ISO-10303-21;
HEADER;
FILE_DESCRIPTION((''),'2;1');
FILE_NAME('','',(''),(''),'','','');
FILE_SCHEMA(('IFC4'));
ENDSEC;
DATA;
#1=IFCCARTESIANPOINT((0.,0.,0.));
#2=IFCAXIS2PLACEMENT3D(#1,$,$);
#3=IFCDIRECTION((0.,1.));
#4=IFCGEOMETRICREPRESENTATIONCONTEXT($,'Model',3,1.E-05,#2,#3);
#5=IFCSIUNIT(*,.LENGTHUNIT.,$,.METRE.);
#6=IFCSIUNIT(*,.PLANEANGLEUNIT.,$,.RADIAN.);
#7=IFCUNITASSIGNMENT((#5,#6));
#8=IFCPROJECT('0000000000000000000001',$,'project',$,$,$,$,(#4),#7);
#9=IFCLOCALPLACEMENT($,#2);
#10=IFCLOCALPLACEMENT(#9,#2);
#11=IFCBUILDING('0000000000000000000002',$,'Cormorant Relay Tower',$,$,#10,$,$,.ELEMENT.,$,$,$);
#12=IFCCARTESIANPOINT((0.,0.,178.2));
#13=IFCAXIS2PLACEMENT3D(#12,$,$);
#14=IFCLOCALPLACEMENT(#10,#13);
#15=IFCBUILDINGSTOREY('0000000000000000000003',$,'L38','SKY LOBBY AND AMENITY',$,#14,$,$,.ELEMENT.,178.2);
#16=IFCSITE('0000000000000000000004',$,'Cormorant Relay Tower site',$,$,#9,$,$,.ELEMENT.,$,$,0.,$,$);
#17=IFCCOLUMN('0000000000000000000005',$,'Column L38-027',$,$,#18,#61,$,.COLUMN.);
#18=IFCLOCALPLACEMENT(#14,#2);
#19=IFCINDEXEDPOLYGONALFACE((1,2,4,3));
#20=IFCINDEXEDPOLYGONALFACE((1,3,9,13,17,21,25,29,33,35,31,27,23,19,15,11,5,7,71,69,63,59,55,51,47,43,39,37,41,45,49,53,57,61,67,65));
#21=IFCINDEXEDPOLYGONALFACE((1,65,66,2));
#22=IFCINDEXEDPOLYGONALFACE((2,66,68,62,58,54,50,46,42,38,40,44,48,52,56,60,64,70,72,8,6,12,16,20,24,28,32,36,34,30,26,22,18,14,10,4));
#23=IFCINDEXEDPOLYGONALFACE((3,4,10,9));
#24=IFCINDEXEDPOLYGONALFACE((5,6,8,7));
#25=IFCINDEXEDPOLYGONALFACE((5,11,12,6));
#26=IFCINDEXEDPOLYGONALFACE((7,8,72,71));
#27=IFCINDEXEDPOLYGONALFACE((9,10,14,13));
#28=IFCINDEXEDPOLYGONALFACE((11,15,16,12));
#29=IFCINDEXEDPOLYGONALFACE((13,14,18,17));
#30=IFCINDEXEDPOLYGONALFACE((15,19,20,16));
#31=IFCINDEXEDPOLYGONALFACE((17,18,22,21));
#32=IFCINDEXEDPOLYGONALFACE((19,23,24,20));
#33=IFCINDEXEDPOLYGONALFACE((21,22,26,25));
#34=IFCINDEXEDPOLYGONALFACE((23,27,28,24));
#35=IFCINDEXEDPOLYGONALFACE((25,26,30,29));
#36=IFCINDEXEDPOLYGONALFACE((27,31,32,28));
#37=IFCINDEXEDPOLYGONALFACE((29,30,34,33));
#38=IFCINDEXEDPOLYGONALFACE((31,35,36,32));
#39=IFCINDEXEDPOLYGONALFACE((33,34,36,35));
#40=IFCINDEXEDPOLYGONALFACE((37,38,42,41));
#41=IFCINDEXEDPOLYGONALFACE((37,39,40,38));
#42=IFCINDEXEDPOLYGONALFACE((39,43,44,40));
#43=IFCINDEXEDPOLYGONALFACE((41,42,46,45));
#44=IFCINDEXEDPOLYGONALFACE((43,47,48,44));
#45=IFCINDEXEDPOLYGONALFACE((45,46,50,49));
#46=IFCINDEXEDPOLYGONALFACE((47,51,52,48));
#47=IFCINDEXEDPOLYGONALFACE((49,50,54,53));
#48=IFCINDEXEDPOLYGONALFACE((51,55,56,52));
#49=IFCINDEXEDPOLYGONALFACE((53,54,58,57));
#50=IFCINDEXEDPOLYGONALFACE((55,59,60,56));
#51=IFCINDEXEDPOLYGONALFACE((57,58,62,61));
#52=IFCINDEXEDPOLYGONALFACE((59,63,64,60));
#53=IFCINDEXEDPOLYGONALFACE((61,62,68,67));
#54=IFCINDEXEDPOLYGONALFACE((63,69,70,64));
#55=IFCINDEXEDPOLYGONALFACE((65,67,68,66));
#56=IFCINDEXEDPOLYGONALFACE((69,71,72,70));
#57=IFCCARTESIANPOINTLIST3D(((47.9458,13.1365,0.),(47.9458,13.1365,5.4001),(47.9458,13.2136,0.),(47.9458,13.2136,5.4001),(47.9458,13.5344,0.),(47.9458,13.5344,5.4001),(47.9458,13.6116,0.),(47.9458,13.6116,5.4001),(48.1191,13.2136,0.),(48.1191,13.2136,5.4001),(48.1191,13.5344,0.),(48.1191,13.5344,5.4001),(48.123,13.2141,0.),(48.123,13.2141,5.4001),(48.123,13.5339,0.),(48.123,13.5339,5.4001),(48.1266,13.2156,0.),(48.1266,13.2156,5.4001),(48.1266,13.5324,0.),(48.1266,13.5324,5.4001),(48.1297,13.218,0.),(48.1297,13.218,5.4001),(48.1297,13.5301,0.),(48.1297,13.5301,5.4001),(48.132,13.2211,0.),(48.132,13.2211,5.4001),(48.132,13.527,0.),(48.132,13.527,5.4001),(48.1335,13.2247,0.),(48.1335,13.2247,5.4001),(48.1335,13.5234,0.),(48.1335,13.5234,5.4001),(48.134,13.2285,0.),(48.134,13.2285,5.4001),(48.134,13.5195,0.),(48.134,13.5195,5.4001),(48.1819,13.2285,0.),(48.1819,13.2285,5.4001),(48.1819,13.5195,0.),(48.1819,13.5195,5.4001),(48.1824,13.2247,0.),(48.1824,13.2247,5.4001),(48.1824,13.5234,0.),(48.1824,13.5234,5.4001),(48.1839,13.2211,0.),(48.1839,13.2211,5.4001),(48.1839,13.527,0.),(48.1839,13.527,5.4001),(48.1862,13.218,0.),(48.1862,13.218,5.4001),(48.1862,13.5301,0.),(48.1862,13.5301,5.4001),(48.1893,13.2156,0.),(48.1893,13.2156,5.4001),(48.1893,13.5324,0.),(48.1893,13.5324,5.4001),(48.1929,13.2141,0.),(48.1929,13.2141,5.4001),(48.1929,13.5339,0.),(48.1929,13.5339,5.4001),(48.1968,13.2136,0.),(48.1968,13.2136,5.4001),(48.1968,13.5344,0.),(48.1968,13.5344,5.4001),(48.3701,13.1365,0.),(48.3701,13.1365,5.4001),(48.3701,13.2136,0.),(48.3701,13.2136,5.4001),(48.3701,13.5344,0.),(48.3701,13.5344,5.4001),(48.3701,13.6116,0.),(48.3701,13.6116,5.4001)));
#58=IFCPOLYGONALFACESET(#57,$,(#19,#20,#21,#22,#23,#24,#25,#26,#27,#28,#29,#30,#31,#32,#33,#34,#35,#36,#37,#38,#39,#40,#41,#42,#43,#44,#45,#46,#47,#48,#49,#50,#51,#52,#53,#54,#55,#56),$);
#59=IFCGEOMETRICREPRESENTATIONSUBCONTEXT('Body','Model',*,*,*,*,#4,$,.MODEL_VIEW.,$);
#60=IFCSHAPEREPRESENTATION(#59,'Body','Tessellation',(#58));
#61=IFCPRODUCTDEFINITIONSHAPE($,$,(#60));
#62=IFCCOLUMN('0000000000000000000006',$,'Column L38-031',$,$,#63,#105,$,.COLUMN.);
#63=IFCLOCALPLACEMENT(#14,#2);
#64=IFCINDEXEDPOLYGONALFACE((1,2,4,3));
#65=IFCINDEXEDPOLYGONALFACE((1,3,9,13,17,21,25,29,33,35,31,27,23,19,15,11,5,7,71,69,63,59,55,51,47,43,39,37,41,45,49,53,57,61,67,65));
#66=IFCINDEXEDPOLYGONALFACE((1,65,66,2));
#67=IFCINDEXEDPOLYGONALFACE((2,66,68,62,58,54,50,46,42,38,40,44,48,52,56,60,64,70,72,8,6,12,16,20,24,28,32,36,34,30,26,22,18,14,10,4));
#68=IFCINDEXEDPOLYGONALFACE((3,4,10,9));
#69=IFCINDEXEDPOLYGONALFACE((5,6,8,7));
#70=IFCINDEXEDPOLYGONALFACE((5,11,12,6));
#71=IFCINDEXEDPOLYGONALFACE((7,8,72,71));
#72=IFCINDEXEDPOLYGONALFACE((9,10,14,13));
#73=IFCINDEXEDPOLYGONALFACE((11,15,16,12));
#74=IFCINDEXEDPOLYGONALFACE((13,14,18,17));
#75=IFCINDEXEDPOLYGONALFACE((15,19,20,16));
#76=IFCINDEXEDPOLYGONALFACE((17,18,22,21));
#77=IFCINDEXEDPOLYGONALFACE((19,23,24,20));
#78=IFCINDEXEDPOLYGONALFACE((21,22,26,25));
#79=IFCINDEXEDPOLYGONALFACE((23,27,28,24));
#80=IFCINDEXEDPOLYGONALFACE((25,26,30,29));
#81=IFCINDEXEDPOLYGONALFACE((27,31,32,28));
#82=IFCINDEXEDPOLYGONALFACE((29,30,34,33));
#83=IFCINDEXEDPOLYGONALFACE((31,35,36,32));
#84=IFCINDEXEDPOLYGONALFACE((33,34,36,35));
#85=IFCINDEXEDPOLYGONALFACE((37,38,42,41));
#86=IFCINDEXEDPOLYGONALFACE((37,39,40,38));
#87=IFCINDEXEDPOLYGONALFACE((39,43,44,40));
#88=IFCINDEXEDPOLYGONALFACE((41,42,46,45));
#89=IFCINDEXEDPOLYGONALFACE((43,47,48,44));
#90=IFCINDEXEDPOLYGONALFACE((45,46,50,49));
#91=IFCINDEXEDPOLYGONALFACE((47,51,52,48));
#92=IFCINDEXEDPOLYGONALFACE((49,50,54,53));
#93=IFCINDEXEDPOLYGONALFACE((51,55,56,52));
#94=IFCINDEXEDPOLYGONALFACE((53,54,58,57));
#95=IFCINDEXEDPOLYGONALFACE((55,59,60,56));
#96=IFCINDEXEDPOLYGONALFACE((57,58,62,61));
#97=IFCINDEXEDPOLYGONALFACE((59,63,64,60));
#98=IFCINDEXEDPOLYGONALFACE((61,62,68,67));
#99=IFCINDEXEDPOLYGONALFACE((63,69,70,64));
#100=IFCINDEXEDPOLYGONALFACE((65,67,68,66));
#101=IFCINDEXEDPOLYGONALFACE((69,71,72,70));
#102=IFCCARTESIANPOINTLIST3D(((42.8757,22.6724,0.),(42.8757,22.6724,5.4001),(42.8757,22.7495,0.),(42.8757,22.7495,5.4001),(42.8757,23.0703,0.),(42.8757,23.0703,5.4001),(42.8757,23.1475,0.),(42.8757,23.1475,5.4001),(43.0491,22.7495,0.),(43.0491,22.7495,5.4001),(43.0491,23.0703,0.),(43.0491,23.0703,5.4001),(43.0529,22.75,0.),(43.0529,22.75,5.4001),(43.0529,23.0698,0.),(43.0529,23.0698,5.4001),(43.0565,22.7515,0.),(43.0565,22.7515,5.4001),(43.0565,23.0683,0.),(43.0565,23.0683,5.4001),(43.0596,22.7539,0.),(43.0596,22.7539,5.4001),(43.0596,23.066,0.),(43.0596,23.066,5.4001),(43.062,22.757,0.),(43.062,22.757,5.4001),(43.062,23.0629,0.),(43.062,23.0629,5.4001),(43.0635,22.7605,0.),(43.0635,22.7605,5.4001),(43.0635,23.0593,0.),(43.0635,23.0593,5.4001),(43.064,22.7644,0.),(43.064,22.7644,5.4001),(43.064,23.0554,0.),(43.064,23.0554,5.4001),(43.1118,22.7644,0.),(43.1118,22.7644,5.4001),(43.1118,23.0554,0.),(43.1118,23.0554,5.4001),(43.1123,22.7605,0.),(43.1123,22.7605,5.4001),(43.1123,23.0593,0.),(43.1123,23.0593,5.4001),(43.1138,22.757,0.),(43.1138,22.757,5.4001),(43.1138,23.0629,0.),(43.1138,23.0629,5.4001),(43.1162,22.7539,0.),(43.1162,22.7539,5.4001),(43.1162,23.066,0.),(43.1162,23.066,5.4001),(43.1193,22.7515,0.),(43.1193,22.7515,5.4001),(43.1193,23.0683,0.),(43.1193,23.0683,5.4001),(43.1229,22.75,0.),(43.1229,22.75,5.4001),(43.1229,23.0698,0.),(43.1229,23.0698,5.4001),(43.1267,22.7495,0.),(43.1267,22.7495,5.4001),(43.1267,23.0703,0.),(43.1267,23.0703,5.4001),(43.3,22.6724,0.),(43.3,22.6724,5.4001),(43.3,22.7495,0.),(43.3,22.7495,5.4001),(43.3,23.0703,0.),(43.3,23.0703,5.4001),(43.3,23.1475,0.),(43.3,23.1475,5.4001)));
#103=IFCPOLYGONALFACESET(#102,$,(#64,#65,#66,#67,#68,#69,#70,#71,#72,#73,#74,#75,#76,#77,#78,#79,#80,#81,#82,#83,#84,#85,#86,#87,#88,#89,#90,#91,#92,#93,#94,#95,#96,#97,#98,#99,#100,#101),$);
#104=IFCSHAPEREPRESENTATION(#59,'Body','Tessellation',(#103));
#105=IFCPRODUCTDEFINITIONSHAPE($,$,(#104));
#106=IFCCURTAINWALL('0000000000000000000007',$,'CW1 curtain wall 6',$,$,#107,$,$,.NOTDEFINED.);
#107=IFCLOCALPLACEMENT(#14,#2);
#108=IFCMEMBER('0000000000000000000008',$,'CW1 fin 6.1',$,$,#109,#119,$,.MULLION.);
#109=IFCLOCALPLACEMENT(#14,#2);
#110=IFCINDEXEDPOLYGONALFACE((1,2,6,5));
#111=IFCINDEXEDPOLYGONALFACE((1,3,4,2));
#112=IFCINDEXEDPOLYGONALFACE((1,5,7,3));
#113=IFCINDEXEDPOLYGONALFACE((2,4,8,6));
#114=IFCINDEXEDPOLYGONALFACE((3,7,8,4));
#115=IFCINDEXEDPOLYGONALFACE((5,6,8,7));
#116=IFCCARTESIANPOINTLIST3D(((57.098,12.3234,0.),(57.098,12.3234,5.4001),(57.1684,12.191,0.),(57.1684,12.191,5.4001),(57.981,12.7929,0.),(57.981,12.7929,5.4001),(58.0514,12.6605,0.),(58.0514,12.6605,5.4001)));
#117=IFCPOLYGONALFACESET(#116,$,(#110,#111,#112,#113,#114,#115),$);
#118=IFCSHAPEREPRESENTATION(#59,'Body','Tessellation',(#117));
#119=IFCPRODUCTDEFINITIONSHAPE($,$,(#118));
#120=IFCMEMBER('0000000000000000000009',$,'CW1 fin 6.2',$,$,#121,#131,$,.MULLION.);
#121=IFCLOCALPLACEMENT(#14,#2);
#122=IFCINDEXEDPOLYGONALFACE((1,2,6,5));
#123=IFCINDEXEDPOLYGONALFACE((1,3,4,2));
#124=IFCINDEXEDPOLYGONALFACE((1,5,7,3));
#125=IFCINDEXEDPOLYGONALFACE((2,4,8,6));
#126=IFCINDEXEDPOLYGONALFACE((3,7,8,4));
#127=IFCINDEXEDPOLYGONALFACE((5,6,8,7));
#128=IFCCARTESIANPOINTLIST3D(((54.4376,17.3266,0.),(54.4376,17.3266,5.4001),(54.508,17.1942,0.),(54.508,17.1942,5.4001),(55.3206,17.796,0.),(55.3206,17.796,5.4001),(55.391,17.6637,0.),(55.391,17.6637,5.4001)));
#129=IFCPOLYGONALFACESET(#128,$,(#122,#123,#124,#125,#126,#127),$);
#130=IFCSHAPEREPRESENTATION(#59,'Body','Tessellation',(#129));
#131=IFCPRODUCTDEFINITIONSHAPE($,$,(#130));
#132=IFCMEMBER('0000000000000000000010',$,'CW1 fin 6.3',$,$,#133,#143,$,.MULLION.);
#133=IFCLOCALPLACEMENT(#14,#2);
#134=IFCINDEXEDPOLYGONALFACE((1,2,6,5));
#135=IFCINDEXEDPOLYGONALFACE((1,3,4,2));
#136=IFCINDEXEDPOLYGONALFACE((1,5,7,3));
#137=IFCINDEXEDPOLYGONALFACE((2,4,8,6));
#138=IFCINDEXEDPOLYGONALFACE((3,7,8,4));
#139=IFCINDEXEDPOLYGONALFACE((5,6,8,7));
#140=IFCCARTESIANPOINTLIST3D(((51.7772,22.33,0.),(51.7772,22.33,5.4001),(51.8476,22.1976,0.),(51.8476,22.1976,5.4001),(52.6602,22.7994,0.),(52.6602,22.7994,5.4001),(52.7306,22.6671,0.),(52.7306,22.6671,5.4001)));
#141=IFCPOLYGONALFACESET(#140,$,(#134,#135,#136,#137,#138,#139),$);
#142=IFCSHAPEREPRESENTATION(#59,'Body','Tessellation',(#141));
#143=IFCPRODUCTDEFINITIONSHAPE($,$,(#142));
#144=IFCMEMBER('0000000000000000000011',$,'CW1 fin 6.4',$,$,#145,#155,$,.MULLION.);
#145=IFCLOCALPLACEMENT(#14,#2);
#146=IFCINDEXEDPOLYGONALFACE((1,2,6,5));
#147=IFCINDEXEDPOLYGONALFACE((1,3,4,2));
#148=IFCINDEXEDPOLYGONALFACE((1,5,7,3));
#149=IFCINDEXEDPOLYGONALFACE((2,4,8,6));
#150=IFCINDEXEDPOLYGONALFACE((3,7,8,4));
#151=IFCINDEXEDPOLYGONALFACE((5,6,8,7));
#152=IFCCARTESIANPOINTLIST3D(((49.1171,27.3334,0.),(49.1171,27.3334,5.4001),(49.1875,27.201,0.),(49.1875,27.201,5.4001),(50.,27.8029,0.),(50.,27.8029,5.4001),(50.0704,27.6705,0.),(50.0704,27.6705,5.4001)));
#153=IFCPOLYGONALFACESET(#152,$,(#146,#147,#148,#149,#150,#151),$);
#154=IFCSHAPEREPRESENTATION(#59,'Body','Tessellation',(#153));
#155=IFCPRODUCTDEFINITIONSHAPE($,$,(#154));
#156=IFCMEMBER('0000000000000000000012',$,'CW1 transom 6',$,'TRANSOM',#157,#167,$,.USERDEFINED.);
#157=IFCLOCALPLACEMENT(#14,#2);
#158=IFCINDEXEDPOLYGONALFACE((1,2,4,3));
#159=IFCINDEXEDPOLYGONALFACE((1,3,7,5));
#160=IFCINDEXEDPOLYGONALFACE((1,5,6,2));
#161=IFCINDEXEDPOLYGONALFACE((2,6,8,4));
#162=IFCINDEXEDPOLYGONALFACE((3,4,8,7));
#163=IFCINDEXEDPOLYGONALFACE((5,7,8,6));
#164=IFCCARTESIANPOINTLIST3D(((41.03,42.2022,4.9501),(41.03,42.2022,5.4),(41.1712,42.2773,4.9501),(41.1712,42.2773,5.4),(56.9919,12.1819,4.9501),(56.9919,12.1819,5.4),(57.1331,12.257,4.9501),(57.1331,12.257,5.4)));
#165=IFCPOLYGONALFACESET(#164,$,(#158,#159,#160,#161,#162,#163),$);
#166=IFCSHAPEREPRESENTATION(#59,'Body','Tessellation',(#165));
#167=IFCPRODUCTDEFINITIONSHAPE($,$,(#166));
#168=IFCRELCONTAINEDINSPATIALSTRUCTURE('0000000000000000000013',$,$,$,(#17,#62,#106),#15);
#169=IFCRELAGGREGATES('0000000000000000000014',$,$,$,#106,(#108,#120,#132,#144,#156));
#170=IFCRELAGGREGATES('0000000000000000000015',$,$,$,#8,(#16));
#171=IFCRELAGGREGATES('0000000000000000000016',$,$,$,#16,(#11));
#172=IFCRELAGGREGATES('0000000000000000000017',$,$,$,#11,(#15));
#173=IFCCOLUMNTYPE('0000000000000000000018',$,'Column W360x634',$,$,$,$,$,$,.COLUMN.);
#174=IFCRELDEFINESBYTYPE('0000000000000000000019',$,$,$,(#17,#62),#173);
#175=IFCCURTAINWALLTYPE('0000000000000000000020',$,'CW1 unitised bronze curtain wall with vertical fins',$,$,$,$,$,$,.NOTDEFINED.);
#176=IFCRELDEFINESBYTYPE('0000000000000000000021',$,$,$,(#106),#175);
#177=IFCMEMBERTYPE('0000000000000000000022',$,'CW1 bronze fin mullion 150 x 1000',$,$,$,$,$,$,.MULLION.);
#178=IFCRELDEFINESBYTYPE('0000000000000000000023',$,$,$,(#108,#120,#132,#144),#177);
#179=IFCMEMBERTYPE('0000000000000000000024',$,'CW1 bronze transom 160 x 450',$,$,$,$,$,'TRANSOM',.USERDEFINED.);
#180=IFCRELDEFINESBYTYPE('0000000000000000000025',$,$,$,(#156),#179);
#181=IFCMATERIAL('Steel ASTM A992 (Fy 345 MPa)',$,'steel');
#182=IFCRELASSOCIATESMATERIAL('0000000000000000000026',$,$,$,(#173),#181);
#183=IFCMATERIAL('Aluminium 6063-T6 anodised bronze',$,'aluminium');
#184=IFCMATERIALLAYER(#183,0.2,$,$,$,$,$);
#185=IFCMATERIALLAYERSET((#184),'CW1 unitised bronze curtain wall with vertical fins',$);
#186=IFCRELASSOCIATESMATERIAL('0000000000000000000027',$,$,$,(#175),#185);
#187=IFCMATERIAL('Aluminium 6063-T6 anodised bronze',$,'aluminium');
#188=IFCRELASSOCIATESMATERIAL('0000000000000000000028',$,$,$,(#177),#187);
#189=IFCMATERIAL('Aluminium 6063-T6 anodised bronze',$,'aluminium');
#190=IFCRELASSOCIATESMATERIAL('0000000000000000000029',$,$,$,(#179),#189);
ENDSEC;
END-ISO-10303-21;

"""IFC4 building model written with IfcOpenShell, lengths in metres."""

from ifc_helpers import new_model, si_unit, direction, frame, origin, origin_2d, place, context, subcontext, project, spatial, rectangle, i_section, extrude, material, layer, layer_set, material_profile, profile_set, type_object, element, aggregate, save


model = new_model("IFC4")

# Units and contexts
model_context = context("Model", 3, precision=1e-05, world=origin(), true_north=direction((0.0, 1.0)))
body_context = subcontext(model_context, "Body", "Model", "MODEL_VIEW")
ifc_project = project(units=[si_unit("LENGTHUNIT", "METRE"), si_unit("PLANEANGLEUNIT", "RADIAN")], contexts=[model_context])

# Site, building, storey
site_placement = place(None, origin())
site = spatial("IfcSite", under=ifc_project, at=site_placement, Name="Cormorant Relay Tower site", CompositionType="ELEMENT", RefElevation=0.0)
building_placement = place(site_placement, origin())
building = spatial("IfcBuilding", under=site, at=building_placement, Name="Cormorant Relay Tower", CompositionType="ELEMENT")
storey_placement = place(building_placement, frame((0.0, 0.0, 178.2)))
storey = spatial("IfcBuildingStorey", under=building, at=storey_placement, Name="L38", Description="SKY LOBBY AND AMENITY", CompositionType="ELEMENT", Elevation=178.2)

# Columns
ifc_material_1 = material(Name="Steel ASTM A992 (Fy 345 MPa)", Category="steel")
ifc_material_profile_1 = material_profile(ifc_material_1, i_section(OverallWidth=0.4243, OverallDepth=0.4751, WebThickness=0.0479, FlangeThickness=0.0771, FilletRadius=0.0149, at=origin_2d()), Name="W360x634")
ifc_profile_set_1 = profile_set([ifc_material_profile_1], Name="Steel ASTM A992 (Fy 345 MPa)")
column_type_1 = type_object("IfcColumnType", Name="Column W360x634", PredefinedType="COLUMN", material=ifc_profile_set_1)
for number, where, z_axis, x_axis, name in (
    (1, (48.158, 13.374, 0.0), (0.0, 0.0, 1.0), (1.0, 0.0, 0.0), "Column L38-027"),
    (2, (43.0879, 22.9099, 0.0), (0.0, 0.0, 1.0), (1.0, 0.0, 0.0), "Column L38-031"),
):
    element("IfcColumn", number, at=place(storey_placement, frame(where, z_axis=z_axis, x_axis=x_axis)), inside=storey, type_object=column_type_1, Name=name, PredefinedType="COLUMN", context=body_context, shape_type="SweptSolid", body=[
        extrude(i_section(OverallWidth=0.4243, OverallDepth=0.4751, WebThickness=0.0479, FlangeThickness=0.0771, FilletRadius=0.0149, at=origin_2d()), origin(), (0.0, 0.0, 1.0), 5.4001),
    ])

# Curtain wall, members
ifc_material_2 = material(Name="Aluminium 6063-T6 anodised bronze", Category="aluminium")
ifc_layer_1 = layer(ifc_material_2, 0.2)
ifc_layer_set_1 = layer_set([ifc_layer_1], Name="CW1 unitised bronze curtain wall with vertical fins")
curtain_wall_type = type_object("IfcCurtainWallType", Name="CW1 unitised bronze curtain wall with vertical fins", PredefinedType="NOTDEFINED", material=ifc_layer_set_1)
curtain_wall_1_placement = place(storey_placement, origin())
curtain_wall_1 = element("IfcCurtainWall", 3, at=curtain_wall_1_placement, inside=storey, type_object=curtain_wall_type, Name="CW1 curtain wall 6", PredefinedType="NOTDEFINED")
ifc_material_3 = material(Name="Aluminium 6063-T6 anodised bronze", Category="aluminium")
ifc_material_profile_2 = material_profile(ifc_material_3, rectangle(XDim=0.1499, YDim=1.0, at=origin_2d()), Name="AL 150x1000")
ifc_profile_set_2 = profile_set([ifc_material_profile_2], Name="Aluminium 6063-T6 anodised bronze")
member_type_1 = type_object("IfcMemberType", Name="CW1 bronze fin mullion 150 x 1000", PredefinedType="MULLION", material=ifc_profile_set_2)
member_1_placement = place(storey_placement, frame((57.5747, 12.4919, 0.0), z_axis=(0.0, 0.0, 1.0), x_axis=(-0.469472, 0.882948, 0.0)))
member_1 = element("IfcMember", 4, at=member_1_placement, type_object=member_type_1, Name="CW1 fin 6.1", PredefinedType="MULLION", context=body_context, shape_type="SweptSolid", body=[
    extrude(rectangle(XDim=0.1499, YDim=1.0, at=origin_2d()), origin(), (0.0, 0.0, 1.0), 5.4001),
])
member_2_placement = place(storey_placement, frame((54.9143, 17.4951, 0.0), z_axis=(0.0, 0.0, 1.0), x_axis=(-0.469472, 0.882948, 0.0)))
member_2 = element("IfcMember", 5, at=member_2_placement, type_object=member_type_1, Name="CW1 fin 6.2", PredefinedType="MULLION", context=body_context, shape_type="SweptSolid", body=[
    extrude(rectangle(XDim=0.1499, YDim=1.0, at=origin_2d()), origin(), (0.0, 0.0, 1.0), 5.4001),
])
member_3_placement = place(storey_placement, frame((52.2539, 22.4985, 0.0), z_axis=(0.0, 0.0, 1.0), x_axis=(-0.469472, 0.882948, 0.0)))
member_3 = element("IfcMember", 6, at=member_3_placement, type_object=member_type_1, Name="CW1 fin 6.3", PredefinedType="MULLION", context=body_context, shape_type="SweptSolid", body=[
    extrude(rectangle(XDim=0.1499, YDim=1.0, at=origin_2d()), origin(), (0.0, 0.0, 1.0), 5.4001),
])
member_4_placement = place(storey_placement, frame((49.5938, 27.502, 0.0), z_axis=(0.0, 0.0, 1.0), x_axis=(-0.469472, 0.882948, 0.0)))
member_4 = element("IfcMember", 7, at=member_4_placement, type_object=member_type_1, Name="CW1 fin 6.4", PredefinedType="MULLION", context=body_context, shape_type="SweptSolid", body=[
    extrude(rectangle(XDim=0.1499, YDim=1.0, at=origin_2d()), origin(), (0.0, 0.0, 1.0), 5.4001),
])
ifc_material_4 = material(Name="Aluminium 6063-T6 anodised bronze", Category="aluminium")
ifc_material_profile_3 = material_profile(ifc_material_4, rectangle(XDim=0.1599, YDim=0.45, at=origin_2d()), Name="AL 160x450")
ifc_profile_set_3 = profile_set([ifc_material_profile_3], Name="Aluminium 6063-T6 anodised bronze")
member_type_2 = type_object("IfcMemberType", Name="CW1 bronze transom 160 x 450", ElementType="TRANSOM", PredefinedType="USERDEFINED", material=ifc_profile_set_3)
member_5_placement = place(storey_placement, frame((57.0625, 12.2195, 5.175), z_axis=(-0.469468, 0.882949, 0.0), x_axis=(-0.882949, -0.469468, 0.0)))
member_5 = element("IfcMember", 8, at=member_5_placement, type_object=member_type_2, Name="CW1 transom 6", ObjectType="TRANSOM", PredefinedType="USERDEFINED", context=body_context, shape_type="SweptSolid", body=[
    extrude(rectangle(XDim=0.1599, YDim=0.45, at=origin_2d()), origin(), (0.0, 0.0, 1.0), 34.0),
])

aggregate(curtain_wall_1, [member_1, member_2, member_3, member_4, member_5])

save(model, "model.ifc")
